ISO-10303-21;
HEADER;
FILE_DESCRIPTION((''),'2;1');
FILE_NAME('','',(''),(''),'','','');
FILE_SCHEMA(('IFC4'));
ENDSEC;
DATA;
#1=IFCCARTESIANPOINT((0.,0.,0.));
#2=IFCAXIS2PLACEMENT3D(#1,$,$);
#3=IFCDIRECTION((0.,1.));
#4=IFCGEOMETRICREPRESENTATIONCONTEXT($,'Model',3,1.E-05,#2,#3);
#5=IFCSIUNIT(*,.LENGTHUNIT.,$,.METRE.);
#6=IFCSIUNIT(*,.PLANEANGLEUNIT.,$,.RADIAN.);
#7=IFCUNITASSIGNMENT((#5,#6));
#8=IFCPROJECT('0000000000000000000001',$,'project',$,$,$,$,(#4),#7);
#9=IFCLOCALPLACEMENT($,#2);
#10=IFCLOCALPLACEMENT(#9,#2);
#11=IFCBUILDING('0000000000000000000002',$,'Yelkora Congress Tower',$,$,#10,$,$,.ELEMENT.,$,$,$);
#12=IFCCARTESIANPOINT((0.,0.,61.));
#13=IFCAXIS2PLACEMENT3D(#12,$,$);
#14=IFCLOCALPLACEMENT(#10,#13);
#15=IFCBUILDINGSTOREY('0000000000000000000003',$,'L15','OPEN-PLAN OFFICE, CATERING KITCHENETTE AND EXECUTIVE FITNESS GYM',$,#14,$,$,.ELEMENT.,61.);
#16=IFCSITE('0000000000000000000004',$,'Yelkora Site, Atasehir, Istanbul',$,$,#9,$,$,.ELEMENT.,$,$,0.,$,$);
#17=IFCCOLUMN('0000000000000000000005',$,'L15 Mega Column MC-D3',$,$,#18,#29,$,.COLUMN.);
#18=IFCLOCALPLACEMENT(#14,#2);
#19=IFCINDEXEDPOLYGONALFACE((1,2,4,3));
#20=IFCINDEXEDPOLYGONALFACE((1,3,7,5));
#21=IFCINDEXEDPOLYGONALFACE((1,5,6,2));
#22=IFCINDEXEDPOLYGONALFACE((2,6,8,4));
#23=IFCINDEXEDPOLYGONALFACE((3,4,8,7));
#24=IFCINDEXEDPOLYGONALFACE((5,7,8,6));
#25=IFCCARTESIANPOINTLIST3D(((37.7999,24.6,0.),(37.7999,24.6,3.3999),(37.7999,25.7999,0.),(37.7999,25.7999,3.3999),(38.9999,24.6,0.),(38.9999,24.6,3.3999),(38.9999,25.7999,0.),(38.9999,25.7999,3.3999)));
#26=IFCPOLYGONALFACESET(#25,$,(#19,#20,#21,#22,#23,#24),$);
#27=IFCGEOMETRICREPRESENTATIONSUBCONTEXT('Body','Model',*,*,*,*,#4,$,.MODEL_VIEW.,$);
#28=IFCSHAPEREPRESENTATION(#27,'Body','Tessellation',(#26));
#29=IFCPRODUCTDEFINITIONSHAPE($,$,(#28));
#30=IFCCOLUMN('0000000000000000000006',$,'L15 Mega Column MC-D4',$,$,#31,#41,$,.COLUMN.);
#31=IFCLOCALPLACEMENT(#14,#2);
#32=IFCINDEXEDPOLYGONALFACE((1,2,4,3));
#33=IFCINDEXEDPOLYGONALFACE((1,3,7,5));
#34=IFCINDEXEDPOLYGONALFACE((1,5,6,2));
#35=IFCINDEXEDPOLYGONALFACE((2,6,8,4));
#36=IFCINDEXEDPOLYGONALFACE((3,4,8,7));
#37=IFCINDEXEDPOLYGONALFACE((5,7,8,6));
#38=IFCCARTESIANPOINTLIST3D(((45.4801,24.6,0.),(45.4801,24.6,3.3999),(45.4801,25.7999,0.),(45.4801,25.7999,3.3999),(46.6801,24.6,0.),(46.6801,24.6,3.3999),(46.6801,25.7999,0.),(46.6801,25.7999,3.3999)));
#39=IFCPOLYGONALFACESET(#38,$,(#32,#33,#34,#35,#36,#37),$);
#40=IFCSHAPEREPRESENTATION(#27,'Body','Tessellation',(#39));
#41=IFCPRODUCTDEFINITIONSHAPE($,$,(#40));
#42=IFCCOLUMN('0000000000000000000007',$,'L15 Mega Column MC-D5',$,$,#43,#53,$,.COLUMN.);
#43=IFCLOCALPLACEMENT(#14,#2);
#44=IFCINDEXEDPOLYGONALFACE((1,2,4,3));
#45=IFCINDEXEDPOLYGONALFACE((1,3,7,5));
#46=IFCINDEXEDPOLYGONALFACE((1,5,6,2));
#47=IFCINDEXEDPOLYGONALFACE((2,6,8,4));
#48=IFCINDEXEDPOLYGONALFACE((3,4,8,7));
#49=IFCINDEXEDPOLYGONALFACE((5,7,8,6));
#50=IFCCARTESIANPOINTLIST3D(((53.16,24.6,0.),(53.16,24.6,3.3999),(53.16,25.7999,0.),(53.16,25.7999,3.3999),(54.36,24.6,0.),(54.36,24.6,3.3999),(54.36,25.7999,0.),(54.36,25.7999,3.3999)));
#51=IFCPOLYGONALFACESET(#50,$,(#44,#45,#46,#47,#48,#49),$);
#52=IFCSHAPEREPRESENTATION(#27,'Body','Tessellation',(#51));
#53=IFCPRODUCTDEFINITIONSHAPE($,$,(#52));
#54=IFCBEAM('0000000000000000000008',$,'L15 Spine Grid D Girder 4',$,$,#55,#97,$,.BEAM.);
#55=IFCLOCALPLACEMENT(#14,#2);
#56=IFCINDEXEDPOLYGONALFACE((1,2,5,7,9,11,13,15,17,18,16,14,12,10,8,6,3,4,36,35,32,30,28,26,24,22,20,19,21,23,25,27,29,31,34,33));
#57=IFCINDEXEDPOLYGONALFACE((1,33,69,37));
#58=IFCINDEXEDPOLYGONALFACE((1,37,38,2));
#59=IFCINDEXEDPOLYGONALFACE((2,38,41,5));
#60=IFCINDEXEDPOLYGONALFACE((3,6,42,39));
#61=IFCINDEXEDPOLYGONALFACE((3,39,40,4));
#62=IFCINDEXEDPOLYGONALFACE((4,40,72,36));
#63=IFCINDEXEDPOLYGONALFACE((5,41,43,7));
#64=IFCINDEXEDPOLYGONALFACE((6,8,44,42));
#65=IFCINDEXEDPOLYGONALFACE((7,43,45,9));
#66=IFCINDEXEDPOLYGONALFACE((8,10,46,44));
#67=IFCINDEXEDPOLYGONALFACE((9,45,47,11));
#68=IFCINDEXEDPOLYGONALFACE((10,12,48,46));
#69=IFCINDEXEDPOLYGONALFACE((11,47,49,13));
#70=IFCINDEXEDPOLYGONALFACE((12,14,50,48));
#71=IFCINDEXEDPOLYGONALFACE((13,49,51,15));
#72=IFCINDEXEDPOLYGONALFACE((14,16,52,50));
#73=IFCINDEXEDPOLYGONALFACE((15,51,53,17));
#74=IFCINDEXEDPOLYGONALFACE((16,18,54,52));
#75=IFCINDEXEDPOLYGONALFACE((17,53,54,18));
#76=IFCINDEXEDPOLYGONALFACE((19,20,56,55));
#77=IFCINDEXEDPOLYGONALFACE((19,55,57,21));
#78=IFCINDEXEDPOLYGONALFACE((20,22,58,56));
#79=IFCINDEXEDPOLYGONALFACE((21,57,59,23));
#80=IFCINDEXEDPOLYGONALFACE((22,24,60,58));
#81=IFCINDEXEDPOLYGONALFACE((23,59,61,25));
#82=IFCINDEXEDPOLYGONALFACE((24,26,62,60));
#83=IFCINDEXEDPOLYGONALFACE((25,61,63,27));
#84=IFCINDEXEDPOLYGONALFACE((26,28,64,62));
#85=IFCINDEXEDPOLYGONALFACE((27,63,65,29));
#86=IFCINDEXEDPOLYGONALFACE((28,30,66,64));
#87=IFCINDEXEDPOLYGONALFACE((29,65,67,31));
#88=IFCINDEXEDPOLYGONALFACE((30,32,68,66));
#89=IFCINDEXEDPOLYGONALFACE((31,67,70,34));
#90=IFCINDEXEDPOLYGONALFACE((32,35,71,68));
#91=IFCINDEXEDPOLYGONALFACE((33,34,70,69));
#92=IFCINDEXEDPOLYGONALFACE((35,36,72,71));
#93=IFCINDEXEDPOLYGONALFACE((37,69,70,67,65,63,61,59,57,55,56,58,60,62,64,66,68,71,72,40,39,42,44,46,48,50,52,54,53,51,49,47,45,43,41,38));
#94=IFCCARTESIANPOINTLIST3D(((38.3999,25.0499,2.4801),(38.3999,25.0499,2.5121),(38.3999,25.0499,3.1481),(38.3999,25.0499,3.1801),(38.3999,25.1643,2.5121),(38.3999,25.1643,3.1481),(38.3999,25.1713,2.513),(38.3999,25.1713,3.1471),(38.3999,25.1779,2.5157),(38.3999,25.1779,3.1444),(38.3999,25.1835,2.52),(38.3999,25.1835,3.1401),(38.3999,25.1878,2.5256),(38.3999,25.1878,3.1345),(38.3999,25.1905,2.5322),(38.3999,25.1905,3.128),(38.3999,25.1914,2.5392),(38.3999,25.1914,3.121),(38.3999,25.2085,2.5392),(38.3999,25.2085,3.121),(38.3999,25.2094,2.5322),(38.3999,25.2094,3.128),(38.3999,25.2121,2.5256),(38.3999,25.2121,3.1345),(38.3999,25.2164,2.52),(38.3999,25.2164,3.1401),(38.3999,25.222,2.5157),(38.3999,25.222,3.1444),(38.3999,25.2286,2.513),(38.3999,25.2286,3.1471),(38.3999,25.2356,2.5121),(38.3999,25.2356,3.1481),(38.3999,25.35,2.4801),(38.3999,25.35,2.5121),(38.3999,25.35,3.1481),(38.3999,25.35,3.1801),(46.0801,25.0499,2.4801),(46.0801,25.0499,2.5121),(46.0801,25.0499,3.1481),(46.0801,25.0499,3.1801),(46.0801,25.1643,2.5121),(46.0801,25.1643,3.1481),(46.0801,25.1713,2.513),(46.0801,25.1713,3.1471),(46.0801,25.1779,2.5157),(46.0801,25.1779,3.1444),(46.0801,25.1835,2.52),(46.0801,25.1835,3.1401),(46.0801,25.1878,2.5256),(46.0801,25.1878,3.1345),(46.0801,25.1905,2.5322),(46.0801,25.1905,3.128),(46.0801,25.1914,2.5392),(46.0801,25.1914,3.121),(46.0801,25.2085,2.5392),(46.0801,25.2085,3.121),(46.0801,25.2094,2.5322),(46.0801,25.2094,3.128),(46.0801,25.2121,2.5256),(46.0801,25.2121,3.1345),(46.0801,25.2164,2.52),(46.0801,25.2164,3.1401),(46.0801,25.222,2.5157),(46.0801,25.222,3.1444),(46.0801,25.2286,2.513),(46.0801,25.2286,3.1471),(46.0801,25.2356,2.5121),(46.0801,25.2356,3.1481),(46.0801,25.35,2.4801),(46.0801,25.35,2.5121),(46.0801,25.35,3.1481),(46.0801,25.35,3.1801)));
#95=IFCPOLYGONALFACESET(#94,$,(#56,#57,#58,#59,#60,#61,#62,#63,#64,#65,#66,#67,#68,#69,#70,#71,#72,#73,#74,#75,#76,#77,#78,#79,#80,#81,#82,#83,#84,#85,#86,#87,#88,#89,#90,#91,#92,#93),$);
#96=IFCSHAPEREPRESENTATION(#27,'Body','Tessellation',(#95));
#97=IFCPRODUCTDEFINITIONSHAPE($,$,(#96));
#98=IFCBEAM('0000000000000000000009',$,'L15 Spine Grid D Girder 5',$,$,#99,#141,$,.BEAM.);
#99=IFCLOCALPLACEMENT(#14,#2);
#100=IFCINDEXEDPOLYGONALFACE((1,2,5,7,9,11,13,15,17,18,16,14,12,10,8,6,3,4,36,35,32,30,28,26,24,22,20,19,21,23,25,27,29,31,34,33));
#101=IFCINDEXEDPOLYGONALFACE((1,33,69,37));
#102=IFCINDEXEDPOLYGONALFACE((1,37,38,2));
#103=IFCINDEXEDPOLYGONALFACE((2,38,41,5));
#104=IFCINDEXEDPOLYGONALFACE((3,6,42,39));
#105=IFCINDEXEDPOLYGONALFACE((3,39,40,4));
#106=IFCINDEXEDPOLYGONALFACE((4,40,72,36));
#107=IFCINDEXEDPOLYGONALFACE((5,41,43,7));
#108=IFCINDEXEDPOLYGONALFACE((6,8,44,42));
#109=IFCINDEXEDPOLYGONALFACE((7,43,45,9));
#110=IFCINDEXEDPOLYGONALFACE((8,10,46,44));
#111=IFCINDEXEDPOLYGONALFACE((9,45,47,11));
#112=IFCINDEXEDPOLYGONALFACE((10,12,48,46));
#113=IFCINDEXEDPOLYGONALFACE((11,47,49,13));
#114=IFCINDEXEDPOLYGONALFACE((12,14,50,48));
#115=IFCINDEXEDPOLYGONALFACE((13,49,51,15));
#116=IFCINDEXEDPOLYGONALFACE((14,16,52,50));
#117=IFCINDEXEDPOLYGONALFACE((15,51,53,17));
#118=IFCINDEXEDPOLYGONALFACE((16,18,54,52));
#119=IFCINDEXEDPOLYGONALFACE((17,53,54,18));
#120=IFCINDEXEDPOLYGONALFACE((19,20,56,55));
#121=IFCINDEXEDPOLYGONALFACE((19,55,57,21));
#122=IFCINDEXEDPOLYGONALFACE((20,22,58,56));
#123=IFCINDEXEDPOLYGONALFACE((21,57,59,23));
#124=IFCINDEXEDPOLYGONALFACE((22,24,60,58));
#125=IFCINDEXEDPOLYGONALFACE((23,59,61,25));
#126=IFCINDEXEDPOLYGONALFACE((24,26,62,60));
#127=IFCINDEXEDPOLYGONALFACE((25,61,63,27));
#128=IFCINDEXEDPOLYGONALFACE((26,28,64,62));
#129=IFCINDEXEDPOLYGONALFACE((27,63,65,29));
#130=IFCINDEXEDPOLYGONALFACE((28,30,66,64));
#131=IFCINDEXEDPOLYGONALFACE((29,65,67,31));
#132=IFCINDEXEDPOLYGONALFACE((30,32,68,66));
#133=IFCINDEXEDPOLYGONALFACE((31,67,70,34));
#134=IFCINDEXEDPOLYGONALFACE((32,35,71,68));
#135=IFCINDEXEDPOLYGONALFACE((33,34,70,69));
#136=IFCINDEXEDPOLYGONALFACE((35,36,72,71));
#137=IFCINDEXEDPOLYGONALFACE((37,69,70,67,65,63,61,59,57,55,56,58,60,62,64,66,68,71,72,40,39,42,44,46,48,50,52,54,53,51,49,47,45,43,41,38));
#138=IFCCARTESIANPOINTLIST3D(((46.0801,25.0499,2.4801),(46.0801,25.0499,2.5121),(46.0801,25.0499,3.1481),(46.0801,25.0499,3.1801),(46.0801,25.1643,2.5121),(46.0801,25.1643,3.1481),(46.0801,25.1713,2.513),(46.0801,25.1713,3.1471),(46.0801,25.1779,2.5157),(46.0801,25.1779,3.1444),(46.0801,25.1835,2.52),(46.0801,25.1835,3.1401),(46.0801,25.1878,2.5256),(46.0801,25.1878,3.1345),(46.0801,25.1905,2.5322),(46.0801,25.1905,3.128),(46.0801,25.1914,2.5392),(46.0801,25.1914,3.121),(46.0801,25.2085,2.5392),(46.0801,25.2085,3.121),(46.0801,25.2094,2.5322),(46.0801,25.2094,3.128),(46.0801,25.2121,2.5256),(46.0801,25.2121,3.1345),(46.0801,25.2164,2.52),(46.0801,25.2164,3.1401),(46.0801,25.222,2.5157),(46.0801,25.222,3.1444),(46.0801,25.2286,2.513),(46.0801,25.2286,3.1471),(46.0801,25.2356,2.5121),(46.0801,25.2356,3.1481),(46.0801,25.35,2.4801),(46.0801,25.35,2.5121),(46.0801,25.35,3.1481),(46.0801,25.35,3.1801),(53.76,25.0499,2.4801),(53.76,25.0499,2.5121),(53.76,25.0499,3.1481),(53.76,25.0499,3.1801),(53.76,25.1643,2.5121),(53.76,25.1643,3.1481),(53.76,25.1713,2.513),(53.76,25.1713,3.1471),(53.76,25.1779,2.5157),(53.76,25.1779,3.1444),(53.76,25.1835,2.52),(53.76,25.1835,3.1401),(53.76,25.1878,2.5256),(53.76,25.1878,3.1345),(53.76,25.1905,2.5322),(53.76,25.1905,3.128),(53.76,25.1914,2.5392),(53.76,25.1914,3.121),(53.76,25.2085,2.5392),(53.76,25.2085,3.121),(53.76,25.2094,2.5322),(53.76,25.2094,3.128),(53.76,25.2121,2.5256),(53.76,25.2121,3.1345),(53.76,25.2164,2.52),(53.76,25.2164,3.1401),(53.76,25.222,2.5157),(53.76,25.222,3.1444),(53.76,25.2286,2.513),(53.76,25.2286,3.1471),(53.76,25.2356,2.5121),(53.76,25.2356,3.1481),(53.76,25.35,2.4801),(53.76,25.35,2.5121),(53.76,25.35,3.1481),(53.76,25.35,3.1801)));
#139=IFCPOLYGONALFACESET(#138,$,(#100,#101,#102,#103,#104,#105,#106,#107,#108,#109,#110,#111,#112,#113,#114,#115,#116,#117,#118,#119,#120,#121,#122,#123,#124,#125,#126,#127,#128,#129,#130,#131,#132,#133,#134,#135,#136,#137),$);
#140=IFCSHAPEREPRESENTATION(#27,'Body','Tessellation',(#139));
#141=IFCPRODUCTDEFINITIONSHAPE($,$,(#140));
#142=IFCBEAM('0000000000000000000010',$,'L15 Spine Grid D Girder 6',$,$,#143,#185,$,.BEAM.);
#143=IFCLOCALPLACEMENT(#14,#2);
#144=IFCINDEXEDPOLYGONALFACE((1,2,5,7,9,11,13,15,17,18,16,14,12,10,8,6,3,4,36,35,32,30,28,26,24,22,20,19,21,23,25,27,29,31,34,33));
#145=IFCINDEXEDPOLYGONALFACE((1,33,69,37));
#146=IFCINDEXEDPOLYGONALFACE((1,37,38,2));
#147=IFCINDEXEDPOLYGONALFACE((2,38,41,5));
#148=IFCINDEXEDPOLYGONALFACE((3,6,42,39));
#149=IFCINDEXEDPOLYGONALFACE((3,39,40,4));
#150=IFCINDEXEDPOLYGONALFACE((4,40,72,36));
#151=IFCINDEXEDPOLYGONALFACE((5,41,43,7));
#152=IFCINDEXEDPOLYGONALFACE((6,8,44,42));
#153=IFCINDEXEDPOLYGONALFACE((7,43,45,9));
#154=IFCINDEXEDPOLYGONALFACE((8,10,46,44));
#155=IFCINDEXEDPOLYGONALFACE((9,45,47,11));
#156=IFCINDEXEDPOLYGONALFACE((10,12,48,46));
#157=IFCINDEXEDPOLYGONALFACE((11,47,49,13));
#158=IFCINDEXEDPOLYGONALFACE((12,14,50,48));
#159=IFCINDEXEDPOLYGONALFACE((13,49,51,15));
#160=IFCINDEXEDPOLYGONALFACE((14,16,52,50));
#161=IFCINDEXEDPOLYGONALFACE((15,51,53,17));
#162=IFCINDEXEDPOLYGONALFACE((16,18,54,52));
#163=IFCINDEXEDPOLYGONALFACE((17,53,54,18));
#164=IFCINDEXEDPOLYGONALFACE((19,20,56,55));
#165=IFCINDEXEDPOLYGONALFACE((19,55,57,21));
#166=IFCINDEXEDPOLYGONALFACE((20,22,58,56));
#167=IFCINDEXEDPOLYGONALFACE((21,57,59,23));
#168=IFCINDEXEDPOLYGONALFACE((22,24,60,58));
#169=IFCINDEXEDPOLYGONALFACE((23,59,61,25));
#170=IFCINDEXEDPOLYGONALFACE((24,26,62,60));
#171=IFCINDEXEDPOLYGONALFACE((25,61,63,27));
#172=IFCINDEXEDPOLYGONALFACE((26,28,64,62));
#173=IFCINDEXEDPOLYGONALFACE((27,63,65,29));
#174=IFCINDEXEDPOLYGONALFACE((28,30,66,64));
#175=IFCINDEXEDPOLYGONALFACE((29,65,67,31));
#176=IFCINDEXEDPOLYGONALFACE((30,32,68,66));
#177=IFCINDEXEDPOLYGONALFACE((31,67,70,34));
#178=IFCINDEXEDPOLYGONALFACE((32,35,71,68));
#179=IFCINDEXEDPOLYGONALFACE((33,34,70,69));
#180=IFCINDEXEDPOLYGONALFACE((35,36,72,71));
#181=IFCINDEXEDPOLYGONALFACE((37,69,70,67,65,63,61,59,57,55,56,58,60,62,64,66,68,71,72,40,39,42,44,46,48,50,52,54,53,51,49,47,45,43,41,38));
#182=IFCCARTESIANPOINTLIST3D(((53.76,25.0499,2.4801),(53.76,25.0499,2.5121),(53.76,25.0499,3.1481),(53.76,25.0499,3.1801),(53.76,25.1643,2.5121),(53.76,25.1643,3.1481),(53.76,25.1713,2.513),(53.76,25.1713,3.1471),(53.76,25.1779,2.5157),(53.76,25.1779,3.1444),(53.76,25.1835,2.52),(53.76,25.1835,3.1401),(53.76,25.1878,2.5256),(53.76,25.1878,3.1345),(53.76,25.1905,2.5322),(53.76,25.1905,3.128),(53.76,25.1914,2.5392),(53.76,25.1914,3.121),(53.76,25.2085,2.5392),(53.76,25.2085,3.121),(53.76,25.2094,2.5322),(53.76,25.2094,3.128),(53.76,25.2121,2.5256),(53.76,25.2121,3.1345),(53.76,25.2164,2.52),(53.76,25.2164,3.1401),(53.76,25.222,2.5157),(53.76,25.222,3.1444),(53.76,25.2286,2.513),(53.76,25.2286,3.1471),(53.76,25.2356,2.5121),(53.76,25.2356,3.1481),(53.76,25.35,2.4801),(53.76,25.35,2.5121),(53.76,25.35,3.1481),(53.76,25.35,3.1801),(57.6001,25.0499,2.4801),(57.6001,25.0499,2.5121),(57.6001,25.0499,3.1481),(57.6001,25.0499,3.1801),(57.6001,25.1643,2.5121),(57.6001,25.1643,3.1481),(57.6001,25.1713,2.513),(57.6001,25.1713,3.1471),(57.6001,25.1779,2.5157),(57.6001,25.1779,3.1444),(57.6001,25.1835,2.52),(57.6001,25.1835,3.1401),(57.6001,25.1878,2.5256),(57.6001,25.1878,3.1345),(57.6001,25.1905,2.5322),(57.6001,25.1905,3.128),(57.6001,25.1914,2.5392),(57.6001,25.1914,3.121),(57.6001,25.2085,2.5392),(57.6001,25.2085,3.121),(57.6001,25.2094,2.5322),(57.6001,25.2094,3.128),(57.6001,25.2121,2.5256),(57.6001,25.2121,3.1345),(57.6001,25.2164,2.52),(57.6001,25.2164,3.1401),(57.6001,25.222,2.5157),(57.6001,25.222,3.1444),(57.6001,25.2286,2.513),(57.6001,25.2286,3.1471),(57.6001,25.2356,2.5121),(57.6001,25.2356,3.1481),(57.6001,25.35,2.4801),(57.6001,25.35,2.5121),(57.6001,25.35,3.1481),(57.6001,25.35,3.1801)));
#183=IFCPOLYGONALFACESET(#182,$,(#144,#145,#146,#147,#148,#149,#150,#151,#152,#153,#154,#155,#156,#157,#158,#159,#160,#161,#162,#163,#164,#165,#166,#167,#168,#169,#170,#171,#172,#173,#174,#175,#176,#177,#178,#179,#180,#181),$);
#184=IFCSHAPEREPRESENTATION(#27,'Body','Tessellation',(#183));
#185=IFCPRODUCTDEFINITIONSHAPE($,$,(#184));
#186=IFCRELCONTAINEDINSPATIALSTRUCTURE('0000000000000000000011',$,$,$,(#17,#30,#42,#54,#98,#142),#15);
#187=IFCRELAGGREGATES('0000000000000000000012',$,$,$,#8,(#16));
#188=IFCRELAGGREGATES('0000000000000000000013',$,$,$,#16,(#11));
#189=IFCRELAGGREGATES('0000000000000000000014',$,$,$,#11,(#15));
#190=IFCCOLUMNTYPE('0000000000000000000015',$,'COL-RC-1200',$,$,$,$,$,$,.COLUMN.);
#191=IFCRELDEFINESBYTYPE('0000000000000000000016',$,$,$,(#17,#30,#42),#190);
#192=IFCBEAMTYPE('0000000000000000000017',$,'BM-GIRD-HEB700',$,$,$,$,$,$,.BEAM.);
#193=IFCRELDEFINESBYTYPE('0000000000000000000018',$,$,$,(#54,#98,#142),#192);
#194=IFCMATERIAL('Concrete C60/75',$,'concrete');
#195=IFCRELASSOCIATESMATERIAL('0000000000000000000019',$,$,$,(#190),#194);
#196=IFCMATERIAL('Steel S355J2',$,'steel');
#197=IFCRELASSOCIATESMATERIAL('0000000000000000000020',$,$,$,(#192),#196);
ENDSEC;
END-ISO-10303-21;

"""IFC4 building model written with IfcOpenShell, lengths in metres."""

from ifc_helpers import new_model, si_unit, direction, frame, origin, origin_2d, place, context, subcontext, project, spatial, rectangle, i_section, extrude, material, material_profile, profile_set, type_object, element, save


model = new_model("IFC4")

# Units and contexts
model_context = context("Model", 3, precision=1e-05, world=origin(), true_north=direction((0.0, 1.0)))
body_context = subcontext(model_context, "Body", "Model", "MODEL_VIEW")
ifc_project = project(units=[si_unit("LENGTHUNIT", "METRE"), si_unit("PLANEANGLEUNIT", "RADIAN")], contexts=[model_context])

# Site, building, storey
site_placement = place(None, origin())
site = spatial("IfcSite", under=ifc_project, at=site_placement, Name="Yelkora Site, Atasehir, Istanbul", CompositionType="ELEMENT", RefElevation=0.0)
building_placement = place(site_placement, origin())
building = spatial("IfcBuilding", under=site, at=building_placement, Name="Yelkora Congress Tower", CompositionType="ELEMENT")
storey_placement = place(building_placement, frame((0.0, 0.0, 61.0)))
storey = spatial("IfcBuildingStorey", under=building, at=storey_placement, Name="L15", Description="OPEN-PLAN OFFICE, CATERING KITCHENETTE AND EXECUTIVE FITNESS GYM", CompositionType="ELEMENT", Elevation=61.0)

# Columns
ifc_material_1 = material(Name="Concrete C60/75", Category="concrete")
ifc_material_profile_1 = material_profile(ifc_material_1, rectangle(XDim=1.2, YDim=1.2, at=origin_2d()), Name="RC 1200x1200")
ifc_profile_set_1 = profile_set([ifc_material_profile_1], Name="Concrete C60/75")
column_type = type_object("IfcColumnType", Name="COL-RC-1200", PredefinedType="COLUMN", material=ifc_profile_set_1)
for number, where, z_axis, x_axis, name in (
    (1, (38.3999, 25.2, 0.0), (0.0, 0.0, 1.0), (1.0, 0.0, 0.0), "L15 Mega Column MC-D3"),
    (2, (46.0801, 25.2, 0.0), (0.0, 0.0, 1.0), (1.0, 0.0, 0.0), "L15 Mega Column MC-D4"),
    (3, (53.76, 25.2, 0.0), (0.0, 0.0, 1.0), (1.0, 0.0, 0.0), "L15 Mega Column MC-D5"),
):
    element("IfcColumn", number, at=place(storey_placement, frame(where, z_axis=z_axis, x_axis=x_axis)), inside=storey, type_object=column_type, Name=name, PredefinedType="COLUMN", context=body_context, shape_type="SweptSolid", body=[
        extrude(rectangle(XDim=1.2, YDim=1.2, at=origin_2d()), origin(), (0.0, 0.0, 1.0), 3.3999),
    ])

# Beams
ifc_material_2 = material(Name="Steel S355J2", Category="steel")
ifc_material_profile_2 = material_profile(ifc_material_2, i_section(OverallWidth=0.3, OverallDepth=0.7, WebThickness=0.0171, FlangeThickness=0.032, FilletRadius=0.0271, at=origin_2d()), Name="HEB 700")
ifc_profile_set_2 = profile_set([ifc_material_profile_2], Name="Steel S355J2")
beam_type_1 = type_object("IfcBeamType", Name="BM-GIRD-HEB700", PredefinedType="BEAM", material=ifc_profile_set_2)
beam_1_placement = place(storey_placement, frame((38.3999, 25.2, 2.8301), z_axis=(1.0, 0.0, 0.0), x_axis=(0.0, 1.0, 0.0)))
element("IfcBeam", 4, at=beam_1_placement, inside=storey, type_object=beam_type_1, Name="L15 Spine Grid D Girder 4", PredefinedType="BEAM", context=body_context, shape_type="SweptSolid", body=[
    extrude(i_section(OverallWidth=0.3, OverallDepth=0.7, WebThickness=0.0171, FlangeThickness=0.032, FilletRadius=0.0271, at=origin_2d()), origin(), (0.0, 0.0, 1.0), 7.6802),
])
beam_2_placement = place(storey_placement, frame((46.0801, 25.2, 2.8301), z_axis=(1.0, 0.0, 0.0), x_axis=(0.0, 1.0, 0.0)))
element("IfcBeam", 5, at=beam_2_placement, inside=storey, type_object=beam_type_1, Name="L15 Spine Grid D Girder 5", PredefinedType="BEAM", context=body_context, shape_type="SweptSolid", body=[
    extrude(i_section(OverallWidth=0.3, OverallDepth=0.7, WebThickness=0.0171, FlangeThickness=0.032, FilletRadius=0.0271, at=origin_2d()), origin(), (0.0, 0.0, 1.0), 7.6799),
])
beam_3_placement = place(storey_placement, frame((53.76, 25.2, 2.8301), z_axis=(1.0, 0.0, 0.0), x_axis=(0.0, 1.0, 0.0)))
element("IfcBeam", 6, at=beam_3_placement, inside=storey, type_object=beam_type_1, Name="L15 Spine Grid D Girder 6", PredefinedType="BEAM", context=body_context, shape_type="SweptSolid", body=[
    extrude(i_section(OverallWidth=0.3, OverallDepth=0.7, WebThickness=0.0171, FlangeThickness=0.032, FilletRadius=0.0271, at=origin_2d()), origin(), (0.0, 0.0, 1.0), 3.8401),
])

save(model, "model.ifc")
